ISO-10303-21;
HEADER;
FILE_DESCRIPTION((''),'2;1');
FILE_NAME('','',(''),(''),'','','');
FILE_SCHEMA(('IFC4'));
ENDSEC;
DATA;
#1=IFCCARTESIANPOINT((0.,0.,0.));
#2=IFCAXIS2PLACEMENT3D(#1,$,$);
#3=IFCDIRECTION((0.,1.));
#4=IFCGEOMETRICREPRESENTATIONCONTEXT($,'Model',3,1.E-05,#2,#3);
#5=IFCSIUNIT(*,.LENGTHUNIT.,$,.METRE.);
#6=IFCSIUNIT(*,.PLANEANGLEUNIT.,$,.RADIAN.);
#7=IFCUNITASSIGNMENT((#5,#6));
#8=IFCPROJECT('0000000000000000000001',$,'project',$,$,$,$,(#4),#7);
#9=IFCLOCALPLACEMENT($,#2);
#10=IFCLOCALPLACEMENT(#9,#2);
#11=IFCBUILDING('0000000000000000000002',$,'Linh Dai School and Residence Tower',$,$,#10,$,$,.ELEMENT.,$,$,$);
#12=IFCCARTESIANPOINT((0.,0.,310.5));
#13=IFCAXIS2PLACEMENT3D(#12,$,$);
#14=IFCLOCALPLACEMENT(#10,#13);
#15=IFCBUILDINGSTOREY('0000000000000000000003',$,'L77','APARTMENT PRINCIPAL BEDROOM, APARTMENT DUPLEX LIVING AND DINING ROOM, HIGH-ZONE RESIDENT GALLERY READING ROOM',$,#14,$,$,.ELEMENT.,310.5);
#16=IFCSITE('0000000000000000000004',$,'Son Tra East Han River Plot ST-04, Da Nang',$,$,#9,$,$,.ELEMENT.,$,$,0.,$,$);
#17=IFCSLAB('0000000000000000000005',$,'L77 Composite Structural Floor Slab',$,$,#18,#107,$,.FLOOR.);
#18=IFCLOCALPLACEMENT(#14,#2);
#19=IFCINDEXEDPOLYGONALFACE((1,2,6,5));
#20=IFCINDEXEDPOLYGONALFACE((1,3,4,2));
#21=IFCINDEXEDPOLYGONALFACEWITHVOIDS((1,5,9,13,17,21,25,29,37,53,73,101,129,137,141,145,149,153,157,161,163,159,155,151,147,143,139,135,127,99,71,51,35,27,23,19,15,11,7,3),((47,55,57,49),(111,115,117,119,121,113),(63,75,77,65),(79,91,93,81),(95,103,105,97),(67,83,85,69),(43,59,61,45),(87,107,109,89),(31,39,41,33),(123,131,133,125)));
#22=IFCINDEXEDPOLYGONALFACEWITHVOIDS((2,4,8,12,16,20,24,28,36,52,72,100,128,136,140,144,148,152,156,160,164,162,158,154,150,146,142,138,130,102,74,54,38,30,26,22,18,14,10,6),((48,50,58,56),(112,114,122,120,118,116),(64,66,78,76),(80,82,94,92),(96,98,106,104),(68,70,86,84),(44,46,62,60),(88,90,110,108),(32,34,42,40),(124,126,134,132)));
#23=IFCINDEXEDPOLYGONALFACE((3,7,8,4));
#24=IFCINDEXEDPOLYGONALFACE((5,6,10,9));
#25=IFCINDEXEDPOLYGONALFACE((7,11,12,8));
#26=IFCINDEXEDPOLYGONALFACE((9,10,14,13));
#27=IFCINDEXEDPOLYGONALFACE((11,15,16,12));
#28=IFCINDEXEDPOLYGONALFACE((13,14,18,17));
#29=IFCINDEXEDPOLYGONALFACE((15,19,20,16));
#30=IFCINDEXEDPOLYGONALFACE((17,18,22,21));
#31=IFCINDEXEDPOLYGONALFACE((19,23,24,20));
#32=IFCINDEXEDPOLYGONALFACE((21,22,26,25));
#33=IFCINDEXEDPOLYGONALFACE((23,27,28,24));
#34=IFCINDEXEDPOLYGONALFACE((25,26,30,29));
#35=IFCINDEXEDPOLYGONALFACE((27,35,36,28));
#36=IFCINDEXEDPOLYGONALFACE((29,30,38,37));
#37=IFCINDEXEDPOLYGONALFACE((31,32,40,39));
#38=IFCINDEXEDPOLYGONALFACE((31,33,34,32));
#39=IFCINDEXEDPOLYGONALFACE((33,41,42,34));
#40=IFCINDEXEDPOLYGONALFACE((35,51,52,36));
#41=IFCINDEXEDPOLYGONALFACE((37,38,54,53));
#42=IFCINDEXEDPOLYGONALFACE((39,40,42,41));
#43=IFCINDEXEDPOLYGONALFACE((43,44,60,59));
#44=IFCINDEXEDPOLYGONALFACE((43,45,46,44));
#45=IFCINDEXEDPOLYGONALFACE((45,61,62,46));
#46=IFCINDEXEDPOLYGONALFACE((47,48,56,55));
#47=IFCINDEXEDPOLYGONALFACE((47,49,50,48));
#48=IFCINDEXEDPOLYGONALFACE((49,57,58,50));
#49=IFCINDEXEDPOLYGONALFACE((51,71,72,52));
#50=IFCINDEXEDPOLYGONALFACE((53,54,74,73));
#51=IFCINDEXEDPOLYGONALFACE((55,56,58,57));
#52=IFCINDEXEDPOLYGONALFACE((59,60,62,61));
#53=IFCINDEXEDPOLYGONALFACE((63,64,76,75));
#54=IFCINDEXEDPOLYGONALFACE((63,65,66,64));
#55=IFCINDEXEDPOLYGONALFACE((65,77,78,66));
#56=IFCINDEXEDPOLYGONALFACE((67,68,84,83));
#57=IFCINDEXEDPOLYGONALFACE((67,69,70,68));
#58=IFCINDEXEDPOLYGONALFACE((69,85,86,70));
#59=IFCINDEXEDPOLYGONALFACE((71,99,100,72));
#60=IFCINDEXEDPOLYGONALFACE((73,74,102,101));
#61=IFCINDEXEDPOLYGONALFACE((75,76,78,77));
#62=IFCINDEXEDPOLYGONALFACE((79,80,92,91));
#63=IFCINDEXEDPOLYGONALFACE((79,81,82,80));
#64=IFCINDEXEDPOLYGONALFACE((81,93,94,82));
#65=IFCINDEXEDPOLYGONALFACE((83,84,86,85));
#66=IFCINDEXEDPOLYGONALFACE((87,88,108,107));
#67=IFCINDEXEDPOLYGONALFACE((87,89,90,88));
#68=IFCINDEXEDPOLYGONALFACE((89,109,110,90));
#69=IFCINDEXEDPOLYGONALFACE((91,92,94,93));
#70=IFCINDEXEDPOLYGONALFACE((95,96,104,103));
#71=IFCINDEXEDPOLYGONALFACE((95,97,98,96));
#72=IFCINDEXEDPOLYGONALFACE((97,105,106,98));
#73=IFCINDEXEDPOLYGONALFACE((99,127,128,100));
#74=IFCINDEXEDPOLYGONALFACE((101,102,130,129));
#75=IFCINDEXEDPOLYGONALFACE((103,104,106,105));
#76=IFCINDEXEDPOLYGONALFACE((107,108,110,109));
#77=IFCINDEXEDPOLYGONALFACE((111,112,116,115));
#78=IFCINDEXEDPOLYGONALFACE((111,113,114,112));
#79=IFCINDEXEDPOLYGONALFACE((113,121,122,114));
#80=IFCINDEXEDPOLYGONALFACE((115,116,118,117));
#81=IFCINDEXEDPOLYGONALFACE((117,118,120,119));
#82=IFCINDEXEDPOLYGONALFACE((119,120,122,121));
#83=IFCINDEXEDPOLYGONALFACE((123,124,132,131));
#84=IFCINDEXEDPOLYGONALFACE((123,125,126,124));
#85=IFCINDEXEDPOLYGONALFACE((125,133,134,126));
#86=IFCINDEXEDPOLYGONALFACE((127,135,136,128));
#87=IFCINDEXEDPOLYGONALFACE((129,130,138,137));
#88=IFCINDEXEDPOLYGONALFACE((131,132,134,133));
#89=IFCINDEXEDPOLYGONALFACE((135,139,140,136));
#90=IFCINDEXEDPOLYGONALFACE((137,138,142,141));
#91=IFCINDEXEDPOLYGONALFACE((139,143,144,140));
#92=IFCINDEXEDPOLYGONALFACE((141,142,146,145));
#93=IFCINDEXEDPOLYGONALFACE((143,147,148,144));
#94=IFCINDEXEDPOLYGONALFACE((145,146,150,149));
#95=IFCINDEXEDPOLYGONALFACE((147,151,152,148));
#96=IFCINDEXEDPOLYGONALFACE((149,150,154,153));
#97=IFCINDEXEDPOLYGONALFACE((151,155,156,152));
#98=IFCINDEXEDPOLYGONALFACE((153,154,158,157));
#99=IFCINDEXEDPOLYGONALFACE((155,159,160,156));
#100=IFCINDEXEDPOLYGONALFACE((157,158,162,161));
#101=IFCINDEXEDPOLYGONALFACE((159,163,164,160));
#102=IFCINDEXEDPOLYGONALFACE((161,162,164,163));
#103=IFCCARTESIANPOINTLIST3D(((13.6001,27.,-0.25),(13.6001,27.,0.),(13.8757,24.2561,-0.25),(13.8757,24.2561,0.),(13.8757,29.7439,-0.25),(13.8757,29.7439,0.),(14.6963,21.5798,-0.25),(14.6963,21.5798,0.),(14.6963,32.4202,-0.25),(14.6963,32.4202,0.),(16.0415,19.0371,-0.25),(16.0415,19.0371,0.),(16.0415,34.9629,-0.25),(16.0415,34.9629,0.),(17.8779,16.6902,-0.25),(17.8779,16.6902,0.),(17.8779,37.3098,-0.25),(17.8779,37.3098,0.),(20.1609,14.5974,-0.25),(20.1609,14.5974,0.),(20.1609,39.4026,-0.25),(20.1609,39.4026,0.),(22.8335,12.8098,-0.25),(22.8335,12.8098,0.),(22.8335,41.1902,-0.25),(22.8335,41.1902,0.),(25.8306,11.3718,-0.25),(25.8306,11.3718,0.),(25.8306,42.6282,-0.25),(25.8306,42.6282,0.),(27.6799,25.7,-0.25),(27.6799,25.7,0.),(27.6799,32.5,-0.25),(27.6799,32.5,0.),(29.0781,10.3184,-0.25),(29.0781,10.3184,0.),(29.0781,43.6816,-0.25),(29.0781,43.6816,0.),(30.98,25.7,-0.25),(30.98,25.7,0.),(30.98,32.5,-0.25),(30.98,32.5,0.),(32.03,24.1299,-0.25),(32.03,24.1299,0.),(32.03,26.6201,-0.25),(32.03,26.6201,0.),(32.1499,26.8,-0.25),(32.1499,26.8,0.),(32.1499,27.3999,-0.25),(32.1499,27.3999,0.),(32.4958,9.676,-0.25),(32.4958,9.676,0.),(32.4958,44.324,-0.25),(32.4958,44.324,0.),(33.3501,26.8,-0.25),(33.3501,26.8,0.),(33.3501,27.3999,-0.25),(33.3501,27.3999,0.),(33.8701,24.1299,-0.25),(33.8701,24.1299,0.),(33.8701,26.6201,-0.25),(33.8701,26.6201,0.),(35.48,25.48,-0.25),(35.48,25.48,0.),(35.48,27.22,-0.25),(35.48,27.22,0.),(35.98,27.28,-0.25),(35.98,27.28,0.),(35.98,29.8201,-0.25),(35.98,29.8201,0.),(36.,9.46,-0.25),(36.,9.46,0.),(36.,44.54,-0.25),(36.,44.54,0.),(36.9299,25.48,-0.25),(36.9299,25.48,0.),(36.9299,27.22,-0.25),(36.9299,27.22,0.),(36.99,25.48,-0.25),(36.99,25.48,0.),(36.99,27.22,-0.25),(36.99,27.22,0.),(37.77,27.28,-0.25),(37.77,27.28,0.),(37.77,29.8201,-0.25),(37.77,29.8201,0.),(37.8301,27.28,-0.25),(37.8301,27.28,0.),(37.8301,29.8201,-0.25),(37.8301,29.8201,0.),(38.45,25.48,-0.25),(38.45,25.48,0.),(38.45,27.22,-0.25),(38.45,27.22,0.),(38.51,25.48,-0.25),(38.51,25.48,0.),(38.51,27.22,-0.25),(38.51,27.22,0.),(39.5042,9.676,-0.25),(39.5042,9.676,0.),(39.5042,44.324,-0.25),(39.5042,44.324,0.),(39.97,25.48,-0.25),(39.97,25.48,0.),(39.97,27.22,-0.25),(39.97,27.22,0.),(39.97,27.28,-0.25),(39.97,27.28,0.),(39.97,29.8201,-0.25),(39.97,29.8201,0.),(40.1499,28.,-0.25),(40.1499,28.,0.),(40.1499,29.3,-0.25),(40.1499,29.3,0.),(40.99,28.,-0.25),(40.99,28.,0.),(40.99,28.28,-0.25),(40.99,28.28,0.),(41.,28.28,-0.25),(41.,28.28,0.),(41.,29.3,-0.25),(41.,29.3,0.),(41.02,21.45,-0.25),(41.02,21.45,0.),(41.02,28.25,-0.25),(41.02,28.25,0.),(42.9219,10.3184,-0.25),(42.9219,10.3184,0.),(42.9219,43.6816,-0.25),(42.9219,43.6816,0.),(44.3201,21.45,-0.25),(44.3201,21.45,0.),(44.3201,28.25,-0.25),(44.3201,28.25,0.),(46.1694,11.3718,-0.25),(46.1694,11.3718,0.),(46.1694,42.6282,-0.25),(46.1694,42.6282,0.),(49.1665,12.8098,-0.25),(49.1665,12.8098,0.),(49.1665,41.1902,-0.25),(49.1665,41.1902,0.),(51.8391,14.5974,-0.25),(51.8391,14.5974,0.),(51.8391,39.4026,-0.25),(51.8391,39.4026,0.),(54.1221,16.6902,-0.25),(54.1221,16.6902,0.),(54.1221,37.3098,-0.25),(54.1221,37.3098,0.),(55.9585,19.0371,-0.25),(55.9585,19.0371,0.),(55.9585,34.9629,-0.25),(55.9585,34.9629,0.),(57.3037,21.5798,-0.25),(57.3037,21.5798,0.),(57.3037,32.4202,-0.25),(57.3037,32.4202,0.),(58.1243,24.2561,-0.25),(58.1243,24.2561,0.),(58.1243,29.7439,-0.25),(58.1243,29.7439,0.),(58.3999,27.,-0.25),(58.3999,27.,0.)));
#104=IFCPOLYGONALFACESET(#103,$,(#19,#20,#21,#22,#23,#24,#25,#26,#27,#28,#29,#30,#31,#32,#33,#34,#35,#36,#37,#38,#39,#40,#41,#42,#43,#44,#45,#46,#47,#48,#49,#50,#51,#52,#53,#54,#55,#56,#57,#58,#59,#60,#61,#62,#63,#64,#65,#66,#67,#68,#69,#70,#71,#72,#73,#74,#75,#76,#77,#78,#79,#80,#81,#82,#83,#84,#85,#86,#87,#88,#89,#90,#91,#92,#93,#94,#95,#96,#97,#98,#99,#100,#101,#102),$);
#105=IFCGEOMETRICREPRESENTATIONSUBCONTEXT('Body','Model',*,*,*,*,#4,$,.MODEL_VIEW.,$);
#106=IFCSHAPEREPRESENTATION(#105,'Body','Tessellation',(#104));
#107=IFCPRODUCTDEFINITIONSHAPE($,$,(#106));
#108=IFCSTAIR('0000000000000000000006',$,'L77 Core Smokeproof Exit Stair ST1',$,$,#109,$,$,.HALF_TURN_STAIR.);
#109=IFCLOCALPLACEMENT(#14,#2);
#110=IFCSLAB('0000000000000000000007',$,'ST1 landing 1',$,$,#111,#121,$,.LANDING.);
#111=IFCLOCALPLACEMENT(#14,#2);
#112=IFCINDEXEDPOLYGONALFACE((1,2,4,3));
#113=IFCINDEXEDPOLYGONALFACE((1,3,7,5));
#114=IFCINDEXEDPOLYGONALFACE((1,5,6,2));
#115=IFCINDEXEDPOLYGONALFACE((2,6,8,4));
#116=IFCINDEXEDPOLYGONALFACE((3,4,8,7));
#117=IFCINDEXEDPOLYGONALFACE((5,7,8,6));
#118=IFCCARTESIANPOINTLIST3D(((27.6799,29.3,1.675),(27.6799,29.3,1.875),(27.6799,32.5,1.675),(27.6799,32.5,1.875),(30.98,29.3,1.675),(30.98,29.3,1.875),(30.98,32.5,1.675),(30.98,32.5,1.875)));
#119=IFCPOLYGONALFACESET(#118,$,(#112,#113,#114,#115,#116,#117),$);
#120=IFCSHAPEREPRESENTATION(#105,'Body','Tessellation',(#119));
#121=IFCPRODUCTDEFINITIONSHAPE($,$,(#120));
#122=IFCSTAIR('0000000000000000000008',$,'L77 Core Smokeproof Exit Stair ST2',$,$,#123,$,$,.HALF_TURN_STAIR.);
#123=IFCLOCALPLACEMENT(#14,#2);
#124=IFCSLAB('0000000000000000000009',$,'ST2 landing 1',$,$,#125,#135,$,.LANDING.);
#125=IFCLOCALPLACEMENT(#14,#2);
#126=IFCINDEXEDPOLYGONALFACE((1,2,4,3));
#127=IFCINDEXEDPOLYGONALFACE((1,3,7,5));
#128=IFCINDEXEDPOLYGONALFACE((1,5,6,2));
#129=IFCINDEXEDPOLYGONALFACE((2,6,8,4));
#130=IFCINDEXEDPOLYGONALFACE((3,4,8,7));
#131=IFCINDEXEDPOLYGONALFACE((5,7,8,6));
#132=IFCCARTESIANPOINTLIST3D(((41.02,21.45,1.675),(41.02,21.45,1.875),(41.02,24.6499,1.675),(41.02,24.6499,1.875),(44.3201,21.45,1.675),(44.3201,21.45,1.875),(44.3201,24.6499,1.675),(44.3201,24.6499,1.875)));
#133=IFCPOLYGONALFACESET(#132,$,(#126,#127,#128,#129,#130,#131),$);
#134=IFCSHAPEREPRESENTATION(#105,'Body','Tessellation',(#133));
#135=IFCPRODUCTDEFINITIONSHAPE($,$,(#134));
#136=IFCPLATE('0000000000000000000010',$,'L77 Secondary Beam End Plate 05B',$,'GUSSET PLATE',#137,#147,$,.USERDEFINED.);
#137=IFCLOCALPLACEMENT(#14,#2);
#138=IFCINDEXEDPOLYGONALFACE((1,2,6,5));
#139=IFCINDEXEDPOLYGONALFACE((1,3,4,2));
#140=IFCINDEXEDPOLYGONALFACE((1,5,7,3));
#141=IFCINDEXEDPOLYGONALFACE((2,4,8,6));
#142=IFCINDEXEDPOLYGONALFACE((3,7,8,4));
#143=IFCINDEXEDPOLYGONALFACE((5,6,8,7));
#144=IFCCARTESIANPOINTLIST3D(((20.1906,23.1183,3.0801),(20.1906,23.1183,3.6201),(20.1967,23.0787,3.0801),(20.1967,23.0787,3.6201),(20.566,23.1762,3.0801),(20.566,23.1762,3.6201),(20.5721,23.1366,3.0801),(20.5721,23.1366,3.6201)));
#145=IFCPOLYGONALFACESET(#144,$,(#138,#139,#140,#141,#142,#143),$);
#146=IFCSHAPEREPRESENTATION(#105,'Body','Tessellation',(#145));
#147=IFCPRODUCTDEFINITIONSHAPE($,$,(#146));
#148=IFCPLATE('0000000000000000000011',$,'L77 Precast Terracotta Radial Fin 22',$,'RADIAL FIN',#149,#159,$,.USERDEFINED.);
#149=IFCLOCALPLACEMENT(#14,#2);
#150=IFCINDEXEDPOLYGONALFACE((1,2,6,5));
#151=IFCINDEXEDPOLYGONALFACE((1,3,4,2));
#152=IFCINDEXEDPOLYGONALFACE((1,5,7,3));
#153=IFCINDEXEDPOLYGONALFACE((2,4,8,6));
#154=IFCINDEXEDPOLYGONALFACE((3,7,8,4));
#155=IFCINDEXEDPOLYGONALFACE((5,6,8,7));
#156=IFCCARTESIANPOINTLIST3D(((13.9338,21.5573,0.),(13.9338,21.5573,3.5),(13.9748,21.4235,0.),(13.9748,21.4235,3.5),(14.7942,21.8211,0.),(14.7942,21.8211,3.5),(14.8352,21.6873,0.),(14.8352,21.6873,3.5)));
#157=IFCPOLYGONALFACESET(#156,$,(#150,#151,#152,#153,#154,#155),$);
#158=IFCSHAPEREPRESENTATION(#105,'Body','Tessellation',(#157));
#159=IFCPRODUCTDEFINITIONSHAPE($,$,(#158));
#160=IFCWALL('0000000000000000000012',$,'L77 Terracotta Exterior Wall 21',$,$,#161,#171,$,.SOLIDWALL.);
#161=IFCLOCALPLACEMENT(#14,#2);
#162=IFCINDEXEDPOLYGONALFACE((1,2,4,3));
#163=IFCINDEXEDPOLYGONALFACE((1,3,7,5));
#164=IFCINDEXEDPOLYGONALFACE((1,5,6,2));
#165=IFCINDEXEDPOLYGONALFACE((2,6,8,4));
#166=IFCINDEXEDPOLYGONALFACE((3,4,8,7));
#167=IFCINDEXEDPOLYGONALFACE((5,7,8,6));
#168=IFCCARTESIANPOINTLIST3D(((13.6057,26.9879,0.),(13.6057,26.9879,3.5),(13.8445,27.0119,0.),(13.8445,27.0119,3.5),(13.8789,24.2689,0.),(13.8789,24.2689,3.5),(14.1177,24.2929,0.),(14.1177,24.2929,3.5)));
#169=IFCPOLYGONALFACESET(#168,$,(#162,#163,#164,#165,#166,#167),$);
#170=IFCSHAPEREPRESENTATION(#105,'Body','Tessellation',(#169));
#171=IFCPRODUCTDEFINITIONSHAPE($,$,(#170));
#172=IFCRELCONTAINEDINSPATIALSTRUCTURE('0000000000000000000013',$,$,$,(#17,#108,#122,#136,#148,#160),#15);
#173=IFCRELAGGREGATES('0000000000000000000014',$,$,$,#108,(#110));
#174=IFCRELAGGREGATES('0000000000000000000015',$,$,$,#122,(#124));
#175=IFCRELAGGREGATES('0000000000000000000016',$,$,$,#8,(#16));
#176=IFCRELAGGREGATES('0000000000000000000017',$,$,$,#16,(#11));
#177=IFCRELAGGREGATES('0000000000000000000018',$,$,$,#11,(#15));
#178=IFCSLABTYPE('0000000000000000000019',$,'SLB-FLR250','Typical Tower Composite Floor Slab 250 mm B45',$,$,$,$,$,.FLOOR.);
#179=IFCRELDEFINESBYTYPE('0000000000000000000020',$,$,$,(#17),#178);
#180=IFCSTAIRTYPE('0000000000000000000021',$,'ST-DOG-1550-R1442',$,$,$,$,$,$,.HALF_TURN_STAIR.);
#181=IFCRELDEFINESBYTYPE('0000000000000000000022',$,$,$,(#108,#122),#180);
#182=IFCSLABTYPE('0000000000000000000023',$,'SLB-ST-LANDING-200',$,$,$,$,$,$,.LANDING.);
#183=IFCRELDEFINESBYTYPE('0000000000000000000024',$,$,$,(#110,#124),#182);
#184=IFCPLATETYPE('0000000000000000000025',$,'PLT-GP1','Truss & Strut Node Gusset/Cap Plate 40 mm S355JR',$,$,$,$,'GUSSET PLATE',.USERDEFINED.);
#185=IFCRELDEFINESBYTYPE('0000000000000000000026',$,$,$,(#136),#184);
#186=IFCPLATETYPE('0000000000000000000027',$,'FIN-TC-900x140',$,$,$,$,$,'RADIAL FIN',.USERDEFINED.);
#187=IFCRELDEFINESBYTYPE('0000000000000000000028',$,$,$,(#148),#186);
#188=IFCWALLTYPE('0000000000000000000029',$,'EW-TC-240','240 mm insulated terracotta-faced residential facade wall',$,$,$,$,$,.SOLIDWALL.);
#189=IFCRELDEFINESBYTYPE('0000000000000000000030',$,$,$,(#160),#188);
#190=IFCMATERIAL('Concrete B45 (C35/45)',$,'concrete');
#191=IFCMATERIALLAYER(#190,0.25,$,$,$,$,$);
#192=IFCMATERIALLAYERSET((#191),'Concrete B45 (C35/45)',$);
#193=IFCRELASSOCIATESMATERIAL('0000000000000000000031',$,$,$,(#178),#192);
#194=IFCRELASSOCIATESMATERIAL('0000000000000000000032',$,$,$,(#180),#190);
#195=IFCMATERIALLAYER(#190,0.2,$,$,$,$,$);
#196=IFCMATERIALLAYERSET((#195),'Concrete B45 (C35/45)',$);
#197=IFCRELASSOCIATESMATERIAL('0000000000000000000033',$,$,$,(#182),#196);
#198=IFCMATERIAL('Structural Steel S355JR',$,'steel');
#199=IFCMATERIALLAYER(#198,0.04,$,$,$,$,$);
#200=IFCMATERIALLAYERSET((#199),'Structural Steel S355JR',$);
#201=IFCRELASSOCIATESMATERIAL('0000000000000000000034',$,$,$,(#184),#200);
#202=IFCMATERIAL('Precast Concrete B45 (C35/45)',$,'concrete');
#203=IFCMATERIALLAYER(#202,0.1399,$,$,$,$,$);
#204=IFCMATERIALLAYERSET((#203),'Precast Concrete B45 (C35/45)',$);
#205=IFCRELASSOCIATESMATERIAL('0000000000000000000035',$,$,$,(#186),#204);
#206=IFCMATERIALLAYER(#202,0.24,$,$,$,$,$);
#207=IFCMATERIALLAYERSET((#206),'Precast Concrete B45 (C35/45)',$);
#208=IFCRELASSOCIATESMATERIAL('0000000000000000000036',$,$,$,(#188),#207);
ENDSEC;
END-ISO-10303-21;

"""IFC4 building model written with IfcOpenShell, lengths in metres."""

from ifc_helpers import new_model, si_unit, direction, frame, frame_2d, origin, origin_2d, place, context, subcontext, project, spatial, polyline, rectangle, outline, extrude, source, transform, mapped, material, layer, layer_set, type_object, element, aggregate, save


model = new_model("IFC4")

# Units and contexts
model_context = context("Model", 3, precision=1e-05, world=origin(), true_north=direction((0.0, 1.0)))
body_context = subcontext(model_context, "Body", "Model", "MODEL_VIEW")
ifc_project = project(units=[si_unit("LENGTHUNIT", "METRE"), si_unit("PLANEANGLEUNIT", "RADIAN")], contexts=[model_context])

# Site, building, storey
site_placement = place(None, origin())
site = spatial("IfcSite", under=ifc_project, at=site_placement, Name="Son Tra East Han River Plot ST-04, Da Nang", CompositionType="ELEMENT", RefElevation=0.0)
building_placement = place(site_placement, origin())
building = spatial("IfcBuilding", under=site, at=building_placement, Name="Linh Dai School and Residence Tower", CompositionType="ELEMENT")
storey_placement = place(building_placement, frame((0.0, 0.0, 310.5)))
storey = spatial("IfcBuildingStorey", under=building, at=storey_placement, Name="L77", Description="APARTMENT PRINCIPAL BEDROOM, APARTMENT DUPLEX LIVING AND DINING ROOM, HIGH-ZONE RESIDENT GALLERY READING ROOM", CompositionType="ELEMENT", Elevation=310.5)

# Shared definitions
ifc_material_1 = material(Name="Structural Steel S355JR", Category="steel")

# Slab
ifc_material_2 = material(Name="Concrete B45 (C35/45)", Category="concrete")
ifc_layer_1 = layer(ifc_material_2, 0.25)
ifc_layer_set_1 = layer_set([ifc_layer_1], Name="Concrete B45 (C35/45)")
slab_type_1 = type_object("IfcSlabType", Name="SLB-FLR250", Description="Typical Tower Composite Floor Slab 250 mm B45", PredefinedType="FLOOR", material=ifc_layer_set_1)
slab_1_placement = place(storey_placement, frame((0.0, 0.0, -0.25)))
element("IfcSlab", 1, at=slab_1_placement, inside=storey, type_object=slab_type_1, Name="L77 Composite Structural Floor Slab", PredefinedType="FLOOR", context=body_context, shape_type="SweptSolid", body=[
    extrude(outline(polyline([(58.3999, 27.0), (58.1243, 29.7439), (57.3037, 32.4202), (55.9585, 34.9629), (54.1221, 37.3098), (51.8391, 39.4026), (49.1665, 41.1902), (46.1694, 42.6282), (42.9219, 43.6816), (39.5042, 44.324), (36.0, 44.54), (32.4958, 44.324), (29.0781, 43.6816), (25.8306, 42.6282), (22.8335, 41.1902), (20.1609, 39.4026), (17.8779, 37.3098), (16.0415, 34.9629), (14.6963, 32.4202), (13.8757, 29.7439), (13.6001, 27.0), (13.8757, 24.2561), (14.6963, 21.5798), (16.0415, 19.0371), (17.8779, 16.6902), (20.1609, 14.5974), (22.8335, 12.8098), (25.8306, 11.3718), (29.0781, 10.3184), (32.4958, 9.676), (36.0, 9.46), (39.5042, 9.676), (42.9219, 10.3184), (46.1694, 11.3718), (49.1665, 12.8098), (51.8391, 14.5974), (54.1221, 16.6902), (55.9585, 19.0371), (57.3037, 21.5798), (58.1243, 24.2561), (58.3999, 27.0)]), holes=[polyline([(30.98, 25.7), (30.98, 32.5), (27.6799, 32.5), (27.6799, 25.7), (30.98, 25.7)]), polyline([(41.02, 28.25), (41.02, 21.45), (44.3201, 21.45), (44.3201, 28.25), (41.02, 28.25)]), polyline([(35.98, 27.28), (37.77, 27.28), (37.77, 29.8201), (35.98, 29.8201), (35.98, 27.28)]), polyline([(32.03, 24.1299), (33.8701, 24.1299), (33.8701, 26.6201), (32.03, 26.6201), (32.03, 24.1299)]), polyline([(37.8301, 27.28), (39.97, 27.28), (39.97, 29.8201), (37.8301, 29.8201), (37.8301, 27.28)]), polyline([(35.48, 25.48), (36.9299, 25.48), (36.9299, 27.22), (35.48, 27.22), (35.48, 25.48)]), polyline([(36.99, 25.48), (38.45, 25.48), (38.45, 27.22), (36.99, 27.22), (36.99, 25.48)]), polyline([(38.51, 25.48), (39.97, 25.48), (39.97, 27.22), (38.51, 27.22), (38.51, 25.48)]), polyline([(40.1499, 28.0), (40.1499, 29.3), (41.0, 29.3), (41.0, 28.28), (40.99, 28.28), (40.99, 28.0), (40.1499, 28.0)]), polyline([(32.1499, 26.8), (33.3501, 26.8), (33.3501, 27.3999), (32.1499, 27.3999), (32.1499, 26.8)])]), origin(), (0.0, 0.0, 1.0), 0.25),
])

# Stairs, slabs
stair_type = type_object("IfcStairType", Name="ST-DOG-1550-R1442", PredefinedType="HALF_TURN_STAIR", material=ifc_material_2)
stair_1_placement = place(storey_placement, origin())
stair_1 = element("IfcStair", 2, at=stair_1_placement, inside=storey, type_object=stair_type, Name="L77 Core Smokeproof Exit Stair ST1", PredefinedType="HALF_TURN_STAIR")
ifc_layer_2 = layer(ifc_material_2, 0.2)
ifc_layer_set_2 = layer_set([ifc_layer_2], Name="Concrete B45 (C35/45)")
slab_type_2 = type_object("IfcSlabType", Name="SLB-ST-LANDING-200", PredefinedType="LANDING", material=ifc_layer_set_2)
slab_2_placement = place(storey_placement, frame((0.0, 0.0, 1.675)))
slab_2 = element("IfcSlab", 3, at=slab_2_placement, type_object=slab_type_2, Name="ST1 landing 1", PredefinedType="LANDING", context=body_context, shape_type="SweptSolid", body=[
    extrude(outline(polyline([(30.98, 29.3), (30.98, 32.5), (27.6799, 32.5), (27.6799, 29.3), (30.98, 29.3)])), origin(), (0.0, 0.0, 1.0), 0.2),
])
aggregate(stair_1, [slab_2])
stair_2_placement = place(storey_placement, origin())
stair_2 = element("IfcStair", 4, at=stair_2_placement, inside=storey, type_object=stair_type, Name="L77 Core Smokeproof Exit Stair ST2", PredefinedType="HALF_TURN_STAIR")
slab_3_placement = place(storey_placement, frame((0.0, 0.0, 1.675)))
slab_3 = element("IfcSlab", 5, at=slab_3_placement, type_object=slab_type_2, Name="ST2 landing 1", PredefinedType="LANDING", context=body_context, shape_type="SweptSolid", body=[
    extrude(outline(polyline([(41.02, 24.6499), (41.02, 21.45), (44.3201, 21.45), (44.3201, 24.6499), (41.02, 24.6499)])), origin(), (0.0, 0.0, 1.0), 0.2),
])
aggregate(stair_2, [slab_3])

# Plates
ifc_layer_3 = layer(ifc_material_1, 0.04)
ifc_layer_set_3 = layer_set([ifc_layer_3], Name="Structural Steel S355JR")
plate_type_1 = type_object("IfcPlateType", Name="PLT-GP1", Description="Truss & Strut Node Gusset/Cap Plate 40 mm S355JR", ElementType="GUSSET PLATE", PredefinedType="USERDEFINED", material=ifc_layer_set_3)
shared_shape_1 = source(origin(), body_context, "Body", "SweptSolid", [
    extrude(rectangle(XDim=0.04, YDim=0.3799, at=origin_2d()), origin(), (0.0, 0.0, 1.0), 0.54),
])
plate_1_placement = place(storey_placement, frame((20.3813, 23.1274, 3.0801), z_axis=(0.0, 0.0, 1.0), x_axis=(0.152474, -0.988308, 0.0)))
element("IfcPlate", 6, at=plate_1_placement, inside=storey, type_object=plate_type_1, Name="L77 Secondary Beam End Plate 05B", ObjectType="GUSSET PLATE", PredefinedType="USERDEFINED", context=body_context, shape_type="MappedRepresentation", body=[
    mapped(shared_shape_1, transform((0.0, 0.0, 0.0), x_axis=(1.0, 0.0, 0.0), y_axis=(0.0, 1.0, 0.0), z_axis=(0.0, 0.0, 1.0), scale=1.0)),
])
ifc_material_3 = material(Name="Precast Concrete B45 (C35/45)", Category="concrete")
ifc_layer_4 = layer(ifc_material_3, 0.1399)
ifc_layer_set_4 = layer_set([ifc_layer_4], Name="Precast Concrete B45 (C35/45)")
plate_type_2 = type_object("IfcPlateType", Name="FIN-TC-900x140", ElementType="RADIAL FIN", PredefinedType="USERDEFINED", material=ifc_layer_set_4)
shared_shape_2 = source(origin(), body_context, "Body", "SweptSolid", [
    extrude(rectangle(XDim=0.8999, YDim=0.1399, at=origin_2d()), origin(), (0.0, 0.0, 1.0), 3.5),
])
plate_2_placement = place(storey_placement, frame((14.3845, 21.6223, 0.0), z_axis=(0.0, 0.0, 1.0), x_axis=(-0.956069, -0.293141, 0.0)))
element("IfcPlate", 7, at=plate_2_placement, inside=storey, type_object=plate_type_2, Name="L77 Precast Terracotta Radial Fin 22", ObjectType="RADIAL FIN", PredefinedType="USERDEFINED", context=body_context, shape_type="MappedRepresentation", body=[
    mapped(shared_shape_2, transform((0.0, 0.0, 0.0), x_axis=(1.0, 0.0, 0.0), y_axis=(0.0, 1.0, 0.0), z_axis=(0.0, 0.0, 1.0), scale=1.0)),
])

# Wall
ifc_layer_5 = layer(ifc_material_3, 0.24)
ifc_layer_set_5 = layer_set([ifc_layer_5], Name="Precast Concrete B45 (C35/45)")
wall_type_1 = type_object("IfcWallType", Name="EW-TC-240", Description="240 mm insulated terracotta-faced residential facade wall", PredefinedType="SOLIDWALL", material=ifc_layer_set_5)
wall_1_placement = place(storey_placement, frame((13.9983, 24.281, 0.0), z_axis=(0.0, 0.0, 1.0), x_axis=(-0.099973, 0.99499, 0.0)))
element("IfcWall", 8, at=wall_1_placement, inside=storey, type_object=wall_type_1, Name="L77 Terracotta Exterior Wall 21", PredefinedType="SOLIDWALL", context=body_context, shape_type="SweptSolid", body=[
    extrude(rectangle(XDim=2.7327, YDim=0.24, at=frame_2d((1.3662, 0.0))), origin(), (0.0, 0.0, 1.0), 3.5),
])

save(model, "model.ifc")
